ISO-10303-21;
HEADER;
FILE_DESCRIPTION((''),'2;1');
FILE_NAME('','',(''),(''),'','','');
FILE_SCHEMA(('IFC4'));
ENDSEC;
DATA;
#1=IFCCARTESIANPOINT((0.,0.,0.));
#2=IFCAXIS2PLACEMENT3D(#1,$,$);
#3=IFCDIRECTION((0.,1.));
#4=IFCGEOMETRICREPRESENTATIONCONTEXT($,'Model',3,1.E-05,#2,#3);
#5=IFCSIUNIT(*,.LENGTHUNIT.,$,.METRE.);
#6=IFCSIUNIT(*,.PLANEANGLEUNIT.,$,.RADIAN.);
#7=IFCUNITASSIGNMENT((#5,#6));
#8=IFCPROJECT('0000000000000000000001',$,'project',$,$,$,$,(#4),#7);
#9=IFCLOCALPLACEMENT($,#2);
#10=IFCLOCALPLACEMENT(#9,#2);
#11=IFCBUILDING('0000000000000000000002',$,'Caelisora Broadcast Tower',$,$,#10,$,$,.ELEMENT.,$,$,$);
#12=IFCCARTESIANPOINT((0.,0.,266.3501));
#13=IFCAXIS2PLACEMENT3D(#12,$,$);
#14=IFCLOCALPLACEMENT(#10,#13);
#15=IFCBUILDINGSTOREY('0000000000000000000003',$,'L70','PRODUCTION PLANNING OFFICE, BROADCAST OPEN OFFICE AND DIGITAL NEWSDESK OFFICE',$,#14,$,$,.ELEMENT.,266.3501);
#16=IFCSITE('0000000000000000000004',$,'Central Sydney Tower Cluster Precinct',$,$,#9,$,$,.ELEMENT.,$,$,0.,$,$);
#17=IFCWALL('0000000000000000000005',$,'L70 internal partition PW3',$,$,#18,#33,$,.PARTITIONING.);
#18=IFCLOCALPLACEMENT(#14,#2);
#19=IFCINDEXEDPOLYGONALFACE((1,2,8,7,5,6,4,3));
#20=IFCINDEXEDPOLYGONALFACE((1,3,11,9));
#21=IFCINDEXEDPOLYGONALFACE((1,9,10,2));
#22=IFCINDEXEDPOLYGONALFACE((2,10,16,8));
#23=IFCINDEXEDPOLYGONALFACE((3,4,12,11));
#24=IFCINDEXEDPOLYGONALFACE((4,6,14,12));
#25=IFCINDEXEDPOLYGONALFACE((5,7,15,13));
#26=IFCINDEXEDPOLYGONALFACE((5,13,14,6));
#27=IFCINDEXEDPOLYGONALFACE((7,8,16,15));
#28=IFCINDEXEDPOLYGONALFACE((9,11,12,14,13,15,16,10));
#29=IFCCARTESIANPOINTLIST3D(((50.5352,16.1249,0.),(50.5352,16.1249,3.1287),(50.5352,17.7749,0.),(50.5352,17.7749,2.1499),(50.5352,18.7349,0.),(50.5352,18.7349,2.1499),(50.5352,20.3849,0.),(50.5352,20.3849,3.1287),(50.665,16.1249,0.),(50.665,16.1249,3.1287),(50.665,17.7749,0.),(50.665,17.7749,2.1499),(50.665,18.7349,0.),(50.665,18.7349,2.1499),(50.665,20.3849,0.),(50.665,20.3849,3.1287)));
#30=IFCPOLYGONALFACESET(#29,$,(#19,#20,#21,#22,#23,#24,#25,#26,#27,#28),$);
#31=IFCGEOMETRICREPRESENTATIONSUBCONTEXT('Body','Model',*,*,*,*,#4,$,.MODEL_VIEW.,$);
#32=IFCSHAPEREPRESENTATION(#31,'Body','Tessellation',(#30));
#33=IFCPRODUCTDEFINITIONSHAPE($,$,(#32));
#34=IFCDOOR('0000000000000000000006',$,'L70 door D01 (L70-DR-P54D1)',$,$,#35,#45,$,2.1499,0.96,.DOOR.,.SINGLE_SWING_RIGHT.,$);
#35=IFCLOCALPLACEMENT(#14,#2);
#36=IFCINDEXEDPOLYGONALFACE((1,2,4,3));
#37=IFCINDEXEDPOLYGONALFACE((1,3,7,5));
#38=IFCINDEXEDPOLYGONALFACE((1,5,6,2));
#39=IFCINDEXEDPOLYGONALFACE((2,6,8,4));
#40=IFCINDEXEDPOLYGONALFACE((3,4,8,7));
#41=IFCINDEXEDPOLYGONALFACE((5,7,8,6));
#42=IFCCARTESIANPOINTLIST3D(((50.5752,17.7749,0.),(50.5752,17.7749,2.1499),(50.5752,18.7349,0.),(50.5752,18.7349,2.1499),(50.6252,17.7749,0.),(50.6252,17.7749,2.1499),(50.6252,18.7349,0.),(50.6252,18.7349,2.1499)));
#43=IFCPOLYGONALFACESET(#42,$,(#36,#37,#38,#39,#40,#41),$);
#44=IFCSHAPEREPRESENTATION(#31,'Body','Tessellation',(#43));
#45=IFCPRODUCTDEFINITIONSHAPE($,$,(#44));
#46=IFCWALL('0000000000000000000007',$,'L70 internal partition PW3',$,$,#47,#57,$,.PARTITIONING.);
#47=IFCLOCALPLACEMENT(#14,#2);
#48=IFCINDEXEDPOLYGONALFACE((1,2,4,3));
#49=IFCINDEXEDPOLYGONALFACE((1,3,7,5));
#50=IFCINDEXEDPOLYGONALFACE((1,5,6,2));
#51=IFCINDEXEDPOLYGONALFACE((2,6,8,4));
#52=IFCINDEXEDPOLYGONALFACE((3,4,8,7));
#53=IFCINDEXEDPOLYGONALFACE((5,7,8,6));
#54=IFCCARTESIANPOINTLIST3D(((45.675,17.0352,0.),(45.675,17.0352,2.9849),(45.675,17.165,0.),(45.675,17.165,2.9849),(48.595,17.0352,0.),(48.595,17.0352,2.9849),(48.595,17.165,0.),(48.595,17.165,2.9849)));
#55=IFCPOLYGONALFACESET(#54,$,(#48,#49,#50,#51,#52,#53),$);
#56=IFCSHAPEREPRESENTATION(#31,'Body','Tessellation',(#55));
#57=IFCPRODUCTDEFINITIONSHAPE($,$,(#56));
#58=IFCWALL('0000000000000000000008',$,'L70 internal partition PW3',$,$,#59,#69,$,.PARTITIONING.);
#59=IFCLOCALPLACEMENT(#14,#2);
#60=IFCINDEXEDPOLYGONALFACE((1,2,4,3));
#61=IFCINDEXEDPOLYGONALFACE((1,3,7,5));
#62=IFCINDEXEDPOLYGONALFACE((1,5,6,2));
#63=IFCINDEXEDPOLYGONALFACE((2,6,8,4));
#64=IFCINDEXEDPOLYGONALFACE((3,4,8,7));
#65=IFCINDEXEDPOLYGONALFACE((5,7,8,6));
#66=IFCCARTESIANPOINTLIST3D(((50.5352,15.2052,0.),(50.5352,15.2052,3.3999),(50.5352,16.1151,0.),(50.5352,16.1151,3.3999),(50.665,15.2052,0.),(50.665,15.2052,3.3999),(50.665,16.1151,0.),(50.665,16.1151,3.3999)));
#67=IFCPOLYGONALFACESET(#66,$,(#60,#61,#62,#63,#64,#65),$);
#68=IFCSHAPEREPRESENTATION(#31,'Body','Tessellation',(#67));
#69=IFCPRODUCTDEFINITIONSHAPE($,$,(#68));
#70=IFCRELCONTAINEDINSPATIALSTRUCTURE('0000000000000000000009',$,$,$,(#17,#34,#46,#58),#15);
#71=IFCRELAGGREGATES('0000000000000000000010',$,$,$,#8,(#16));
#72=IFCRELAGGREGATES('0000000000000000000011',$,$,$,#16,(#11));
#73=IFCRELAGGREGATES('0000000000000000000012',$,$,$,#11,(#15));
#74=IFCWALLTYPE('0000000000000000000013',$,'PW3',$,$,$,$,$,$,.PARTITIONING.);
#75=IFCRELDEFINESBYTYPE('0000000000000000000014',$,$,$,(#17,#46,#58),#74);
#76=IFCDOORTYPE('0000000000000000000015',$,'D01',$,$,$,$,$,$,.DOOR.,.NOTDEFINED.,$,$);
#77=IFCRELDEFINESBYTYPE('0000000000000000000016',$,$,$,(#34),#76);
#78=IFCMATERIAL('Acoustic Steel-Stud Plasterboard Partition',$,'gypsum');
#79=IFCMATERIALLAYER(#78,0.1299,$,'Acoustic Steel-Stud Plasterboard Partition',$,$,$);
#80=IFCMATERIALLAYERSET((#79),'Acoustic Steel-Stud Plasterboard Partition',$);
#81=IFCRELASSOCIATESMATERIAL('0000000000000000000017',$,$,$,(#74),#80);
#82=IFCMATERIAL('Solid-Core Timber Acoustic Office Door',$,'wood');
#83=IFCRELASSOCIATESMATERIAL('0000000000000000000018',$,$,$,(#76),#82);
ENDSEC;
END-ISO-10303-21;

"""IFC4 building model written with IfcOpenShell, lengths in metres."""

from ifc_helpers import new_model, si_unit, direction, frame, frame_2d, origin, place, context, subcontext, project, spatial, rectangle, extrude, material, layer, layer_set, type_object, element, fill, save


model = new_model("IFC4")

# Units and contexts
model_context = context("Model", 3, precision=1e-05, world=origin(), true_north=direction((0.0, 1.0)))
body_context = subcontext(model_context, "Body", "Model", "MODEL_VIEW")
ifc_project = project(units=[si_unit("LENGTHUNIT", "METRE"), si_unit("PLANEANGLEUNIT", "RADIAN")], contexts=[model_context])

# Site, building, storey
site_placement = place(None, origin())
site = spatial("IfcSite", under=ifc_project, at=site_placement, Name="Central Sydney Tower Cluster Precinct", CompositionType="ELEMENT", RefElevation=0.0)
building_placement = place(site_placement, origin())
building = spatial("IfcBuilding", under=site, at=building_placement, Name="Caelisora Broadcast Tower", CompositionType="ELEMENT")
storey_placement = place(building_placement, frame((0.0, 0.0, 266.3501)))
storey = spatial("IfcBuildingStorey", under=building, at=storey_placement, Name="L70", Description="PRODUCTION PLANNING OFFICE, BROADCAST OPEN OFFICE AND DIGITAL NEWSDESK OFFICE", CompositionType="ELEMENT", Elevation=266.3501)

# Shared definitions
ifc_material_1 = material(Name="Acoustic Steel-Stud Plasterboard Partition", Category="gypsum")
ifc_layer_1 = layer(ifc_material_1, 0.1299, Name="Acoustic Steel-Stud Plasterboard Partition")
ifc_layer_set_1 = layer_set([ifc_layer_1], Name="Acoustic Steel-Stud Plasterboard Partition")
wall_type = type_object("IfcWallType", Name="PW3", PredefinedType="PARTITIONING", material=ifc_layer_set_1)
ifc_material_2 = material(Name="Solid-Core Timber Acoustic Office Door", Category="wood")
door_type = type_object("IfcDoorType", Name="D01", OperationType="NOTDEFINED", PredefinedType="DOOR", material=ifc_material_2)

# Wall, opening, door
wall_1_placement = place(storey_placement, frame((50.6001, 16.125, 0.0), z_axis=(0.0, 0.0, 1.0), x_axis=(0.0, 1.0, 0.0)))
wall_1 = element("IfcWall", 1, at=wall_1_placement, inside=storey, type_object=wall_type, Name="L70 internal partition PW3", PredefinedType="PARTITIONING", context=body_context, shape_type="SweptSolid", body=[
    extrude(rectangle(XDim=4.26, YDim=0.1299, at=frame_2d((2.1299, 0.0))), origin(), (0.0, 0.0, 1.0), 3.1287),
])
opening_1_placement = place(wall_1_placement, frame((1.6499, 0.0, 0.0)))
opening_1 = element("IfcOpeningElement", 2, at=opening_1_placement, cuts=wall_1, PredefinedType="OPENING", context=body_context, shape_type="SweptSolid", body=[
    extrude(rectangle(XDim=0.96, YDim=2.1499, at=frame_2d((0.48, 1.075))), frame((0.0, 0.0769, 0.0), z_axis=(0.0, -1.0, 0.0), x_axis=(1.0, 0.0, 0.0)), (0.0, 0.0, 1.0), 0.1538),
])
door_1_placement = place(opening_1_placement, origin())
door_1 = element("IfcDoor", 3, at=door_1_placement, inside=storey, type_object=door_type, Name="L70 door D01 (L70-DR-P54D1)", OperationType="SINGLE_SWING_RIGHT", OverallHeight=2.1499, OverallWidth=0.96, PredefinedType="DOOR", context=body_context, shape_type="SweptSolid", body=[
    extrude(rectangle(XDim=0.96, YDim=2.1499, at=frame_2d((0.48, 1.075))), frame((0.0, 0.0249, 0.0), z_axis=(0.0, -1.0, 0.0), x_axis=(1.0, 0.0, 0.0)), (0.0, 0.0, 1.0), 0.05),
])
fill(opening_1, door_1)

# Walls
wall_2_placement = place(storey_placement, frame((45.675, 17.1001, 0.0), z_axis=(0.0, 0.0, 1.0), x_axis=(1.0, 0.0, 0.0)))
element("IfcWall", 4, at=wall_2_placement, inside=storey, type_object=wall_type, Name="L70 internal partition PW3", PredefinedType="PARTITIONING", context=body_context, shape_type="SweptSolid", body=[
    extrude(rectangle(XDim=2.9199, YDim=0.1299, at=frame_2d((1.46, 0.0))), origin(), (0.0, 0.0, 1.0), 2.9849),
])
wall_3_placement = place(storey_placement, frame((50.6001, 15.2051, 0.0), z_axis=(0.0, 0.0, 1.0), x_axis=(0.0, 1.0, 0.0)))
element("IfcWall", 5, at=wall_3_placement, inside=storey, type_object=wall_type, Name="L70 internal partition PW3", PredefinedType="PARTITIONING", context=body_context, shape_type="SweptSolid", body=[
    extrude(rectangle(XDim=0.9099, YDim=0.1299, at=frame_2d((0.4551, 0.0))), origin(), (0.0, 0.0, 1.0), 3.3999),
])

save(model, "model.ifc")
